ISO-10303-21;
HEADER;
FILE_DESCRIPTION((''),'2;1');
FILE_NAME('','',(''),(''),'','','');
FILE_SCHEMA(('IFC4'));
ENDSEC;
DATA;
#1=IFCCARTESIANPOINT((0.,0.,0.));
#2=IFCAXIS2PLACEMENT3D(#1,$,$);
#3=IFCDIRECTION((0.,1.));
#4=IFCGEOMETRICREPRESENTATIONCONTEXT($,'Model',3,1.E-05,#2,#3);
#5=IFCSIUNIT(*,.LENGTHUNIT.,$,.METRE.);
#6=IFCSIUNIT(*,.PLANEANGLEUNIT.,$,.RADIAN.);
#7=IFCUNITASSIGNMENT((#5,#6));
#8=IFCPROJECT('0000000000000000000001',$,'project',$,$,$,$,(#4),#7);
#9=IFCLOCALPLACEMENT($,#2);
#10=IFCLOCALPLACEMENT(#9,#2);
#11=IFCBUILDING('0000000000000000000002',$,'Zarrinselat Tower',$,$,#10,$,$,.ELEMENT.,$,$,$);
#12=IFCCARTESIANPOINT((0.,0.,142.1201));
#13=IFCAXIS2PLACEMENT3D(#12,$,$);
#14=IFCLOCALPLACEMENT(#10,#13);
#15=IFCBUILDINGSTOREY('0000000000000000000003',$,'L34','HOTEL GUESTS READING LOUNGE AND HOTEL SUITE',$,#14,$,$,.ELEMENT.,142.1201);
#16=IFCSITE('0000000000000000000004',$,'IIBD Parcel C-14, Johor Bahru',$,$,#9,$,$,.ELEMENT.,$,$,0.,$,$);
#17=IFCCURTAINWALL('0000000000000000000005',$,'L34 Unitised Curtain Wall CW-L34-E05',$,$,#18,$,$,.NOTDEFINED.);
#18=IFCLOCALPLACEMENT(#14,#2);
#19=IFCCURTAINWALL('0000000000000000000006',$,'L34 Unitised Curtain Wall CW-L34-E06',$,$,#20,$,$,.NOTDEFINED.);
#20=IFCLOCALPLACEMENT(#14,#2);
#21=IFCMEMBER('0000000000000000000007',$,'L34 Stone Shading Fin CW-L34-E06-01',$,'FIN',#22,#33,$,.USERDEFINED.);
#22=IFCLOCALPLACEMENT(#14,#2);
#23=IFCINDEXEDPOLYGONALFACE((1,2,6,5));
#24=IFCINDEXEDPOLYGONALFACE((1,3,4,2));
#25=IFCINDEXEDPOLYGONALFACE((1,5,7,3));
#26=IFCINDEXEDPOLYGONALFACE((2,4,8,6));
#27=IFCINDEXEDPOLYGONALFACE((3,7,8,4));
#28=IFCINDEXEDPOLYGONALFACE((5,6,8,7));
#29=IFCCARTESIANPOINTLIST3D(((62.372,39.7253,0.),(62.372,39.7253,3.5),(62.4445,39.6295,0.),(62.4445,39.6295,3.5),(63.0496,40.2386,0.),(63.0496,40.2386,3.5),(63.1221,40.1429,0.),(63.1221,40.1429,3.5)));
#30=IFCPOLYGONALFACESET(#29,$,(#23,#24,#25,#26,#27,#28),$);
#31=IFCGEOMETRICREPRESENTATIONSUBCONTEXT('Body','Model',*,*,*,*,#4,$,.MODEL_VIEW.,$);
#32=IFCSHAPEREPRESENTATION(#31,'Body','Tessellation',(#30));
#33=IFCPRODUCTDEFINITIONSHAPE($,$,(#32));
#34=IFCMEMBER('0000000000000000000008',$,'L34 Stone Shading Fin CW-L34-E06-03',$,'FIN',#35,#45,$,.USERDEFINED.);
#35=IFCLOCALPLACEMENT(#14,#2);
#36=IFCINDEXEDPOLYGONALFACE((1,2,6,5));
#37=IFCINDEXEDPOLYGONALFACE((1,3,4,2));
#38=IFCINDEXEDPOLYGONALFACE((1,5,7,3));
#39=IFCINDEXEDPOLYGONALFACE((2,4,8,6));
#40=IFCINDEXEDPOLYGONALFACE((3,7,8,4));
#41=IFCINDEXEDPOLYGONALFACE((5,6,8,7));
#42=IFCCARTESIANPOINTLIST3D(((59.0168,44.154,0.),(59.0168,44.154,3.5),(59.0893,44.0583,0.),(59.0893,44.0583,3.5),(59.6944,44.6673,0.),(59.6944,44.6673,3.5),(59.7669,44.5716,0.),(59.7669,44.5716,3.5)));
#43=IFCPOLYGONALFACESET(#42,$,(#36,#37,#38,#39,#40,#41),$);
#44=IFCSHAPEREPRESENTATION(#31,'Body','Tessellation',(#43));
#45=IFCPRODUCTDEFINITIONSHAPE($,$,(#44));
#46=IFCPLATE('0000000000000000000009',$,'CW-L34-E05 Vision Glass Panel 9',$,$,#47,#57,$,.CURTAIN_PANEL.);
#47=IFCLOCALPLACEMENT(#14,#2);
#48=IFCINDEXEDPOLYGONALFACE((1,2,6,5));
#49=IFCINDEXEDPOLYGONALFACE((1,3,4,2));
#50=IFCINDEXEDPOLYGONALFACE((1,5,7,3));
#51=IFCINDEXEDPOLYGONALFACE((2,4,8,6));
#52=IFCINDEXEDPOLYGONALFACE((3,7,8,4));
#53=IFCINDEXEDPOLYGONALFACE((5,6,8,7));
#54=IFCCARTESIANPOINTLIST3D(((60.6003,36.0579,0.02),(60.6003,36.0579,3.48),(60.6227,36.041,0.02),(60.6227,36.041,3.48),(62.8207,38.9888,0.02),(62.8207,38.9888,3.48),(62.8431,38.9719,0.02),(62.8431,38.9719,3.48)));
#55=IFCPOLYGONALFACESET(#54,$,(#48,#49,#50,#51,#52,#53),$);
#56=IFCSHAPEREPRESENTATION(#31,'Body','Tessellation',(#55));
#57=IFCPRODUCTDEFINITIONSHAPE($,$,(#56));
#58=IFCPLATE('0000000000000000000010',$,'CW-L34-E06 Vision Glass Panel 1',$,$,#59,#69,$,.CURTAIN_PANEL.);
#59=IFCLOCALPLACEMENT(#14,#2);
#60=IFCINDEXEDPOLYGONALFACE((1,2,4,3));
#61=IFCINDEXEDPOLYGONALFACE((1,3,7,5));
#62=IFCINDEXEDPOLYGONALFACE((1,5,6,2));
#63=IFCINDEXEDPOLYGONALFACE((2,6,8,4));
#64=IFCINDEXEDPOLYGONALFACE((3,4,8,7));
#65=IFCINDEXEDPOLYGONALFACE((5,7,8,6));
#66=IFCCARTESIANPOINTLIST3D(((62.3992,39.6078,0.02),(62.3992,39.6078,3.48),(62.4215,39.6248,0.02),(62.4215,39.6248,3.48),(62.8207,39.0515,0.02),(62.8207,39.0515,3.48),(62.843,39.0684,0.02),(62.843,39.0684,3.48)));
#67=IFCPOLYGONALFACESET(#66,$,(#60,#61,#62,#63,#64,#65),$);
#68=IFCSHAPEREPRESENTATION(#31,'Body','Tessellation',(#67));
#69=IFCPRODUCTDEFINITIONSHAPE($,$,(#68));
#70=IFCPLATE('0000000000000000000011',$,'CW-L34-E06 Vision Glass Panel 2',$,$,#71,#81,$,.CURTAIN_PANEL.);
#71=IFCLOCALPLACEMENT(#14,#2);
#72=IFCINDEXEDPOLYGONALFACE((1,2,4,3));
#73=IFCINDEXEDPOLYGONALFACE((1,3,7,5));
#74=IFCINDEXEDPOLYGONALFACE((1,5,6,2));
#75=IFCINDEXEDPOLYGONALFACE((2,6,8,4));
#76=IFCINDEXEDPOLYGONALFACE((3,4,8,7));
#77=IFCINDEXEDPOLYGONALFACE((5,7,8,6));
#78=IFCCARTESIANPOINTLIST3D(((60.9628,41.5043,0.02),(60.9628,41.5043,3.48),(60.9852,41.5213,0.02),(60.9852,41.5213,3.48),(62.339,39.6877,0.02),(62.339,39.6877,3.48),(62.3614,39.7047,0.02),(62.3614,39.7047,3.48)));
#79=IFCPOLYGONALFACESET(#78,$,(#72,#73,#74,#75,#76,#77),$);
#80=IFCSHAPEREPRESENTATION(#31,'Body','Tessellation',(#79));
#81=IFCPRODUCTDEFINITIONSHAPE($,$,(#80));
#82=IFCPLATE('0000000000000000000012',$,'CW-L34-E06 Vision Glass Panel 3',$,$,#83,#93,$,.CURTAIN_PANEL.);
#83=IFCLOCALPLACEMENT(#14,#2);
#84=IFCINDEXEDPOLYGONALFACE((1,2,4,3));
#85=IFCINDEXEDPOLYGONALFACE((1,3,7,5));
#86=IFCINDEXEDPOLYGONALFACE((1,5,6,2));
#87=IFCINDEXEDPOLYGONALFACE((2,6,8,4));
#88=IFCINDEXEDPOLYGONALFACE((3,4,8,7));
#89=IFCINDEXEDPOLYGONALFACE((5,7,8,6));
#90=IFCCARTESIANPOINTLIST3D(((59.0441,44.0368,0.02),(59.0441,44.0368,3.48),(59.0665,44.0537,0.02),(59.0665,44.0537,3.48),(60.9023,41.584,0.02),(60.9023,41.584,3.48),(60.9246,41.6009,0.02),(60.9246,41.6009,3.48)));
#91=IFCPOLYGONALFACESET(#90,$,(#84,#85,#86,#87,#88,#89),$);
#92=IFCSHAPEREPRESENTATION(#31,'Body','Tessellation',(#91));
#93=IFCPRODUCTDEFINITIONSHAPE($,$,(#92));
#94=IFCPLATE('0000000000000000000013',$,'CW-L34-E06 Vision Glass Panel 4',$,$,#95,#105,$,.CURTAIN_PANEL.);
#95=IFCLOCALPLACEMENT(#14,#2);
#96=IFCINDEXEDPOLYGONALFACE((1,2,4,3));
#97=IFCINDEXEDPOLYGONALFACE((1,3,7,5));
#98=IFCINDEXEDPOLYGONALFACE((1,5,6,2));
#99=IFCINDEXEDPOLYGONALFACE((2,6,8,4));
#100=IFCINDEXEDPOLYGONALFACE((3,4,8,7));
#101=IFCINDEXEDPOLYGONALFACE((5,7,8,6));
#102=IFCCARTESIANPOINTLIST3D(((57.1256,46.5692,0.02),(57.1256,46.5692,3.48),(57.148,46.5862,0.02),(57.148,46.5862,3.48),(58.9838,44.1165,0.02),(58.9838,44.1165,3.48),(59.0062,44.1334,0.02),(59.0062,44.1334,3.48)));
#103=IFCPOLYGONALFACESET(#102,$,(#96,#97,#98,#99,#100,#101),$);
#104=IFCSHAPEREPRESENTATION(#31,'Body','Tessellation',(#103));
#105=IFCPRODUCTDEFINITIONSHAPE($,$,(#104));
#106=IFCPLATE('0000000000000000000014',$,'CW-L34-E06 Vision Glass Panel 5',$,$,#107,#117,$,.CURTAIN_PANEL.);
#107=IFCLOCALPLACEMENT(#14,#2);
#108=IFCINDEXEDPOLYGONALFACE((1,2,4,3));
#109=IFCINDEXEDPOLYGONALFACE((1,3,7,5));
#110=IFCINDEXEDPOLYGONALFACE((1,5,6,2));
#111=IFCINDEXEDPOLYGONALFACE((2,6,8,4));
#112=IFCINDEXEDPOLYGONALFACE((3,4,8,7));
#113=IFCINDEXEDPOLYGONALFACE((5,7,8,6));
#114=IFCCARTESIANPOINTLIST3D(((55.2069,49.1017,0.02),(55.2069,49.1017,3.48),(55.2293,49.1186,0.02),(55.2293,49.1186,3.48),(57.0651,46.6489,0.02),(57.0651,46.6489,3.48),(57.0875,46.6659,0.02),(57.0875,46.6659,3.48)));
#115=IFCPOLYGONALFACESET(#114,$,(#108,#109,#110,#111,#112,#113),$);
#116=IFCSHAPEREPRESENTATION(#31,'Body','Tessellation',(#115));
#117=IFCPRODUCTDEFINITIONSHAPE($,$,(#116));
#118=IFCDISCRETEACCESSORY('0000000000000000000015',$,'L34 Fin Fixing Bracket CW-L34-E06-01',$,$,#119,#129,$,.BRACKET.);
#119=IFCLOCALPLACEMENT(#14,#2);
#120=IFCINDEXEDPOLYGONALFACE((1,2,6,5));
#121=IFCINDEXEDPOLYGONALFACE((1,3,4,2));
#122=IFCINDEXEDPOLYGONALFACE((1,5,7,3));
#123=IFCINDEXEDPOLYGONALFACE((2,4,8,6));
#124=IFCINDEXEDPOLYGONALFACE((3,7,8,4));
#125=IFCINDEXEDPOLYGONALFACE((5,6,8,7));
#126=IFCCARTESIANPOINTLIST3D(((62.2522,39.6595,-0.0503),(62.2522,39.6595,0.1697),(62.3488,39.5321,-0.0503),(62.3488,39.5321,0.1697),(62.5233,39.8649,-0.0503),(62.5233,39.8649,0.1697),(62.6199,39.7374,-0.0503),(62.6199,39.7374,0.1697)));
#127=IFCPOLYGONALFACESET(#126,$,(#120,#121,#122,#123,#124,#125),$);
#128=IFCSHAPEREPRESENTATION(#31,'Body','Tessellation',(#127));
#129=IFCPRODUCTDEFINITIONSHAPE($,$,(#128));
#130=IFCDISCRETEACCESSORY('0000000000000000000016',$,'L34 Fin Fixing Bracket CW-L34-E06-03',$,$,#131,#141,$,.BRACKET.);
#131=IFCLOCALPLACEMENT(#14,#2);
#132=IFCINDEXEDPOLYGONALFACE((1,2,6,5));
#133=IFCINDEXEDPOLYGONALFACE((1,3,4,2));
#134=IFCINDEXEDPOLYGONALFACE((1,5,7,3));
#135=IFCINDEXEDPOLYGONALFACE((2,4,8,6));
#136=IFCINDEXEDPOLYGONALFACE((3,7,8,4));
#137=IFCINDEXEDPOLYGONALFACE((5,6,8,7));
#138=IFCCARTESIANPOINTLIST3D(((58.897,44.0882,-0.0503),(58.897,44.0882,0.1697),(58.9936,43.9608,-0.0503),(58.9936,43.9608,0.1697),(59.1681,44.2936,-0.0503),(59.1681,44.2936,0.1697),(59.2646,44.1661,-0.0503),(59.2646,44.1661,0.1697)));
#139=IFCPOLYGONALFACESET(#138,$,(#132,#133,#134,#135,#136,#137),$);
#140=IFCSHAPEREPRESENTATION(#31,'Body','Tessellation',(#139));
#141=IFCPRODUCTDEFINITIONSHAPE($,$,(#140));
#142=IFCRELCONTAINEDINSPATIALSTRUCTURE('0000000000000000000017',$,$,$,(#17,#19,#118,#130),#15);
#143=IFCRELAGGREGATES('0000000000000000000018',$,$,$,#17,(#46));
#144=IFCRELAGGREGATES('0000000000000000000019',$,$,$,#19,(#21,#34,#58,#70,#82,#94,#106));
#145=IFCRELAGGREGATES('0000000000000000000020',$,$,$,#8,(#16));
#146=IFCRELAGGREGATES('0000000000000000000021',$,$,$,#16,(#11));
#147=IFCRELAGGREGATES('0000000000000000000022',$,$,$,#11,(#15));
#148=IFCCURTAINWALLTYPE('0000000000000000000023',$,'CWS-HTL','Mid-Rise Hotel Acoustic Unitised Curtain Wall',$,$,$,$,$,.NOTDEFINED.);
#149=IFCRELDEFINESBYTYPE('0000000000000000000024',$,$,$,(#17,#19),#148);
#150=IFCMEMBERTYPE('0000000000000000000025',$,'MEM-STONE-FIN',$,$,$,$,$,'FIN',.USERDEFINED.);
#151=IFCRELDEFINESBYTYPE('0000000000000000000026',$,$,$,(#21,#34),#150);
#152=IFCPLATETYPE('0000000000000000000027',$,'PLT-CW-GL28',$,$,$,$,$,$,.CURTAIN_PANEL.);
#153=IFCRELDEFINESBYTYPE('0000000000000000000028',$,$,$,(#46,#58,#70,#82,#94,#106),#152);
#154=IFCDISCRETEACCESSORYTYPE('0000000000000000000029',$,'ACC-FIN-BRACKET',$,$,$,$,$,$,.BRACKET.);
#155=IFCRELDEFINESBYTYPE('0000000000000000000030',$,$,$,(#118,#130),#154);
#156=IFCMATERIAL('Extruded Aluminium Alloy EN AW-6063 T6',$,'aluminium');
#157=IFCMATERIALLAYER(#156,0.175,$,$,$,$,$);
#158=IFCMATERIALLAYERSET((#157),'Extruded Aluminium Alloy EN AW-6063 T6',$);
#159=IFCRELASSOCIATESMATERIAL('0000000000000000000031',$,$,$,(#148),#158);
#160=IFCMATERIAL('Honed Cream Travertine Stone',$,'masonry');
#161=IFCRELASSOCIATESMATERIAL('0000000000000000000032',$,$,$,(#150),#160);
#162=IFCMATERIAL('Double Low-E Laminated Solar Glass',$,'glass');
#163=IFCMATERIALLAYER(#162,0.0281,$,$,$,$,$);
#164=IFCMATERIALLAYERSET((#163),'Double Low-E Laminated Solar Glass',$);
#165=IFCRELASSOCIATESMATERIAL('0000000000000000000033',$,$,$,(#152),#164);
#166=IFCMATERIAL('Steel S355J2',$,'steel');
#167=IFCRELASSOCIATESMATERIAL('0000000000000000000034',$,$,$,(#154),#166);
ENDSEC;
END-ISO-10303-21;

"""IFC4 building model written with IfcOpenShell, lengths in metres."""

from ifc_helpers import new_model, si_unit, direction, frame, origin, origin_2d, place, context, subcontext, project, spatial, rectangle, extrude, material, layer, layer_set, material_profile, profile_set, type_object, element, aggregate, save


model = new_model("IFC4")

# Units and contexts
model_context = context("Model", 3, precision=1e-05, world=origin(), true_north=direction((0.0, 1.0)))
body_context = subcontext(model_context, "Body", "Model", "MODEL_VIEW")
ifc_project = project(units=[si_unit("LENGTHUNIT", "METRE"), si_unit("PLANEANGLEUNIT", "RADIAN")], contexts=[model_context])

# Site, building, storey
site_placement = place(None, origin())
site = spatial("IfcSite", under=ifc_project, at=site_placement, Name="IIBD Parcel C-14, Johor Bahru", CompositionType="ELEMENT", RefElevation=0.0)
building_placement = place(site_placement, origin())
building = spatial("IfcBuilding", under=site, at=building_placement, Name="Zarrinselat Tower", CompositionType="ELEMENT")
storey_placement = place(building_placement, frame((0.0, 0.0, 142.1201)))
storey = spatial("IfcBuildingStorey", under=building, at=storey_placement, Name="L34", Description="HOTEL GUESTS READING LOUNGE AND HOTEL SUITE", CompositionType="ELEMENT", Elevation=142.1201)

# Shared definitions
ifc_material_1 = material(Name="Extruded Aluminium Alloy EN AW-6063 T6", Category="aluminium")
ifc_layer_1 = layer(ifc_material_1, 0.175)
ifc_layer_set_1 = layer_set([ifc_layer_1], Name="Extruded Aluminium Alloy EN AW-6063 T6")
curtain_wall_type = type_object("IfcCurtainWallType", Name="CWS-HTL", Description="Mid-Rise Hotel Acoustic Unitised Curtain Wall", PredefinedType="NOTDEFINED", material=ifc_layer_set_1)

# Curtain walls, members
curtain_wall_1_placement = place(storey_placement, origin())
curtain_wall_1 = element("IfcCurtainWall", 1, at=curtain_wall_1_placement, inside=storey, type_object=curtain_wall_type, Name="L34 Unitised Curtain Wall CW-L34-E05", PredefinedType="NOTDEFINED")
curtain_wall_2_placement = place(storey_placement, origin())
curtain_wall_2 = element("IfcCurtainWall", 2, at=curtain_wall_2_placement, inside=storey, type_object=curtain_wall_type, Name="L34 Unitised Curtain Wall CW-L34-E06", PredefinedType="NOTDEFINED")
ifc_material_2 = material(Name="Honed Cream Travertine Stone", Category="masonry")
ifc_material_profile_1 = material_profile(ifc_material_2, rectangle(XDim=0.1201, YDim=0.8501, at=origin_2d()), Name="FIN 850x120")
ifc_profile_set_1 = profile_set([ifc_material_profile_1], Name="Honed Cream Travertine Stone")
member_type_1 = type_object("IfcMemberType", Name="MEM-STONE-FIN", ElementType="FIN", PredefinedType="USERDEFINED", material=ifc_profile_set_1)
member_1_placement = place(storey_placement, frame((62.7471, 39.9341, 0.0), z_axis=(0.0, 0.0, 1.0), x_axis=(0.603859, -0.797091, 0.0)))
member_1 = element("IfcMember", 3, at=member_1_placement, type_object=member_type_1, Name="L34 Stone Shading Fin CW-L34-E06-01", ObjectType="FIN", PredefinedType="USERDEFINED", context=body_context, shape_type="SweptSolid", body=[
    extrude(rectangle(XDim=0.1201, YDim=0.8501, at=origin_2d()), origin(), (0.0, 0.0, 1.0), 3.5),
])
member_2_placement = place(storey_placement, frame((59.3918, 44.3628, 0.0), z_axis=(0.0, 0.0, 1.0), x_axis=(0.603859, -0.797091, 0.0)))
member_2 = element("IfcMember", 4, at=member_2_placement, type_object=member_type_1, Name="L34 Stone Shading Fin CW-L34-E06-03", ObjectType="FIN", PredefinedType="USERDEFINED", context=body_context, shape_type="SweptSolid", body=[
    extrude(rectangle(XDim=0.1201, YDim=0.8501, at=origin_2d()), origin(), (0.0, 0.0, 1.0), 3.5),
])

# Plates
ifc_material_3 = material(Name="Double Low-E Laminated Solar Glass", Category="glass")
ifc_layer_2 = layer(ifc_material_3, 0.0281)
ifc_layer_set_2 = layer_set([ifc_layer_2], Name="Double Low-E Laminated Solar Glass")
plate_type = type_object("IfcPlateType", Name="PLT-CW-GL28", PredefinedType="CURTAIN_PANEL", material=ifc_layer_set_2)
plate_1_placement = place(storey_placement, frame((61.7217, 37.5149, 0.02), z_axis=(0.0, 0.0, 1.0), x_axis=(0.603856, 0.797094, 0.0)))
plate_1 = element("IfcPlate", 5, at=plate_1_placement, type_object=plate_type, Name="CW-L34-E05 Vision Glass Panel 9", PredefinedType="CURTAIN_PANEL", context=body_context, shape_type="SweptSolid", body=[
    extrude(rectangle(XDim=3.677, YDim=0.0281, at=origin_2d()), origin(), (0.0, 0.0, 1.0), 3.46),
])
aggregate(curtain_wall_1, [plate_1])
plate_2_placement = place(storey_placement, frame((62.6211, 39.3381, 0.02), z_axis=(0.0, 0.0, 1.0), x_axis=(-0.603859, 0.797091, 0.0)))
plate_2 = element("IfcPlate", 6, at=plate_2_placement, type_object=plate_type, Name="CW-L34-E06 Vision Glass Panel 1", PredefinedType="CURTAIN_PANEL", context=body_context, shape_type="SweptSolid", body=[
    extrude(rectangle(XDim=0.698, YDim=0.0281, at=origin_2d()), origin(), (0.0, 0.0, 1.0), 3.46),
])
plate_3_placement = place(storey_placement, frame((61.6621, 40.6045, 0.02), z_axis=(0.0, 0.0, 1.0), x_axis=(-0.603859, 0.797091, 0.0)))
plate_3 = element("IfcPlate", 7, at=plate_3_placement, type_object=plate_type, Name="CW-L34-E06 Vision Glass Panel 2", PredefinedType="CURTAIN_PANEL", context=body_context, shape_type="SweptSolid", body=[
    extrude(rectangle(XDim=2.2791, YDim=0.0281, at=origin_2d()), origin(), (0.0, 0.0, 1.0), 3.46),
])
plate_4_placement = place(storey_placement, frame((59.9844, 42.8188, 0.02), z_axis=(0.0, 0.0, 1.0), x_axis=(-0.603859, 0.797091, 0.0)))
plate_4 = element("IfcPlate", 8, at=plate_4_placement, type_object=plate_type, Name="CW-L34-E06 Vision Glass Panel 3", PredefinedType="CURTAIN_PANEL", context=body_context, shape_type="SweptSolid", body=[
    extrude(rectangle(XDim=3.0771, YDim=0.0281, at=origin_2d()), origin(), (0.0, 0.0, 1.0), 3.46),
])
plate_5_placement = place(storey_placement, frame((58.0659, 45.3513, 0.02), z_axis=(0.0, 0.0, 1.0), x_axis=(-0.603859, 0.797091, 0.0)))
plate_5 = element("IfcPlate", 9, at=plate_5_placement, type_object=plate_type, Name="CW-L34-E06 Vision Glass Panel 4", PredefinedType="CURTAIN_PANEL", context=body_context, shape_type="SweptSolid", body=[
    extrude(rectangle(XDim=3.0771, YDim=0.0281, at=origin_2d()), origin(), (0.0, 0.0, 1.0), 3.46),
])
plate_6_placement = place(storey_placement, frame((56.1472, 47.8838, 0.02), z_axis=(0.0, 0.0, 1.0), x_axis=(-0.603859, 0.797091, 0.0)))
plate_6 = element("IfcPlate", 10, at=plate_6_placement, type_object=plate_type, Name="CW-L34-E06 Vision Glass Panel 5", PredefinedType="CURTAIN_PANEL", context=body_context, shape_type="SweptSolid", body=[
    extrude(rectangle(XDim=3.0771, YDim=0.0281, at=origin_2d()), origin(), (0.0, 0.0, 1.0), 3.46),
])
aggregate(curtain_wall_2, [member_1, member_2, plate_2, plate_3, plate_4, plate_5, plate_6])

# Discrete accessories
ifc_material_4 = material(Name="Steel S355J2", Category="steel")
discrete_accessory_type = type_object("IfcDiscreteAccessoryType", Name="ACC-FIN-BRACKET", PredefinedType="BRACKET", material=ifc_material_4)
for number, where, z_axis, x_axis, name in (
    (11, (62.436, 39.6985, -0.0503), (0.0, 0.0, 1.0), (0.797091, 0.603859, 0.0), "L34 Fin Fixing Bracket CW-L34-E06-01"),
    (12, (59.0808, 44.1272, -0.0503), (0.0, 0.0, 1.0), (0.797091, 0.603859, 0.0), "L34 Fin Fixing Bracket CW-L34-E06-03"),
):
    element("IfcDiscreteAccessory", number, at=place(storey_placement, frame(where, z_axis=z_axis, x_axis=x_axis)), inside=storey, type_object=discrete_accessory_type, Name=name, PredefinedType="BRACKET", context=body_context, shape_type="SweptSolid", body=[
        extrude(rectangle(XDim=0.3401, YDim=0.1599, at=origin_2d()), origin(), (0.0, 0.0, 1.0), 0.22),
    ])

save(model, "model.ifc")
